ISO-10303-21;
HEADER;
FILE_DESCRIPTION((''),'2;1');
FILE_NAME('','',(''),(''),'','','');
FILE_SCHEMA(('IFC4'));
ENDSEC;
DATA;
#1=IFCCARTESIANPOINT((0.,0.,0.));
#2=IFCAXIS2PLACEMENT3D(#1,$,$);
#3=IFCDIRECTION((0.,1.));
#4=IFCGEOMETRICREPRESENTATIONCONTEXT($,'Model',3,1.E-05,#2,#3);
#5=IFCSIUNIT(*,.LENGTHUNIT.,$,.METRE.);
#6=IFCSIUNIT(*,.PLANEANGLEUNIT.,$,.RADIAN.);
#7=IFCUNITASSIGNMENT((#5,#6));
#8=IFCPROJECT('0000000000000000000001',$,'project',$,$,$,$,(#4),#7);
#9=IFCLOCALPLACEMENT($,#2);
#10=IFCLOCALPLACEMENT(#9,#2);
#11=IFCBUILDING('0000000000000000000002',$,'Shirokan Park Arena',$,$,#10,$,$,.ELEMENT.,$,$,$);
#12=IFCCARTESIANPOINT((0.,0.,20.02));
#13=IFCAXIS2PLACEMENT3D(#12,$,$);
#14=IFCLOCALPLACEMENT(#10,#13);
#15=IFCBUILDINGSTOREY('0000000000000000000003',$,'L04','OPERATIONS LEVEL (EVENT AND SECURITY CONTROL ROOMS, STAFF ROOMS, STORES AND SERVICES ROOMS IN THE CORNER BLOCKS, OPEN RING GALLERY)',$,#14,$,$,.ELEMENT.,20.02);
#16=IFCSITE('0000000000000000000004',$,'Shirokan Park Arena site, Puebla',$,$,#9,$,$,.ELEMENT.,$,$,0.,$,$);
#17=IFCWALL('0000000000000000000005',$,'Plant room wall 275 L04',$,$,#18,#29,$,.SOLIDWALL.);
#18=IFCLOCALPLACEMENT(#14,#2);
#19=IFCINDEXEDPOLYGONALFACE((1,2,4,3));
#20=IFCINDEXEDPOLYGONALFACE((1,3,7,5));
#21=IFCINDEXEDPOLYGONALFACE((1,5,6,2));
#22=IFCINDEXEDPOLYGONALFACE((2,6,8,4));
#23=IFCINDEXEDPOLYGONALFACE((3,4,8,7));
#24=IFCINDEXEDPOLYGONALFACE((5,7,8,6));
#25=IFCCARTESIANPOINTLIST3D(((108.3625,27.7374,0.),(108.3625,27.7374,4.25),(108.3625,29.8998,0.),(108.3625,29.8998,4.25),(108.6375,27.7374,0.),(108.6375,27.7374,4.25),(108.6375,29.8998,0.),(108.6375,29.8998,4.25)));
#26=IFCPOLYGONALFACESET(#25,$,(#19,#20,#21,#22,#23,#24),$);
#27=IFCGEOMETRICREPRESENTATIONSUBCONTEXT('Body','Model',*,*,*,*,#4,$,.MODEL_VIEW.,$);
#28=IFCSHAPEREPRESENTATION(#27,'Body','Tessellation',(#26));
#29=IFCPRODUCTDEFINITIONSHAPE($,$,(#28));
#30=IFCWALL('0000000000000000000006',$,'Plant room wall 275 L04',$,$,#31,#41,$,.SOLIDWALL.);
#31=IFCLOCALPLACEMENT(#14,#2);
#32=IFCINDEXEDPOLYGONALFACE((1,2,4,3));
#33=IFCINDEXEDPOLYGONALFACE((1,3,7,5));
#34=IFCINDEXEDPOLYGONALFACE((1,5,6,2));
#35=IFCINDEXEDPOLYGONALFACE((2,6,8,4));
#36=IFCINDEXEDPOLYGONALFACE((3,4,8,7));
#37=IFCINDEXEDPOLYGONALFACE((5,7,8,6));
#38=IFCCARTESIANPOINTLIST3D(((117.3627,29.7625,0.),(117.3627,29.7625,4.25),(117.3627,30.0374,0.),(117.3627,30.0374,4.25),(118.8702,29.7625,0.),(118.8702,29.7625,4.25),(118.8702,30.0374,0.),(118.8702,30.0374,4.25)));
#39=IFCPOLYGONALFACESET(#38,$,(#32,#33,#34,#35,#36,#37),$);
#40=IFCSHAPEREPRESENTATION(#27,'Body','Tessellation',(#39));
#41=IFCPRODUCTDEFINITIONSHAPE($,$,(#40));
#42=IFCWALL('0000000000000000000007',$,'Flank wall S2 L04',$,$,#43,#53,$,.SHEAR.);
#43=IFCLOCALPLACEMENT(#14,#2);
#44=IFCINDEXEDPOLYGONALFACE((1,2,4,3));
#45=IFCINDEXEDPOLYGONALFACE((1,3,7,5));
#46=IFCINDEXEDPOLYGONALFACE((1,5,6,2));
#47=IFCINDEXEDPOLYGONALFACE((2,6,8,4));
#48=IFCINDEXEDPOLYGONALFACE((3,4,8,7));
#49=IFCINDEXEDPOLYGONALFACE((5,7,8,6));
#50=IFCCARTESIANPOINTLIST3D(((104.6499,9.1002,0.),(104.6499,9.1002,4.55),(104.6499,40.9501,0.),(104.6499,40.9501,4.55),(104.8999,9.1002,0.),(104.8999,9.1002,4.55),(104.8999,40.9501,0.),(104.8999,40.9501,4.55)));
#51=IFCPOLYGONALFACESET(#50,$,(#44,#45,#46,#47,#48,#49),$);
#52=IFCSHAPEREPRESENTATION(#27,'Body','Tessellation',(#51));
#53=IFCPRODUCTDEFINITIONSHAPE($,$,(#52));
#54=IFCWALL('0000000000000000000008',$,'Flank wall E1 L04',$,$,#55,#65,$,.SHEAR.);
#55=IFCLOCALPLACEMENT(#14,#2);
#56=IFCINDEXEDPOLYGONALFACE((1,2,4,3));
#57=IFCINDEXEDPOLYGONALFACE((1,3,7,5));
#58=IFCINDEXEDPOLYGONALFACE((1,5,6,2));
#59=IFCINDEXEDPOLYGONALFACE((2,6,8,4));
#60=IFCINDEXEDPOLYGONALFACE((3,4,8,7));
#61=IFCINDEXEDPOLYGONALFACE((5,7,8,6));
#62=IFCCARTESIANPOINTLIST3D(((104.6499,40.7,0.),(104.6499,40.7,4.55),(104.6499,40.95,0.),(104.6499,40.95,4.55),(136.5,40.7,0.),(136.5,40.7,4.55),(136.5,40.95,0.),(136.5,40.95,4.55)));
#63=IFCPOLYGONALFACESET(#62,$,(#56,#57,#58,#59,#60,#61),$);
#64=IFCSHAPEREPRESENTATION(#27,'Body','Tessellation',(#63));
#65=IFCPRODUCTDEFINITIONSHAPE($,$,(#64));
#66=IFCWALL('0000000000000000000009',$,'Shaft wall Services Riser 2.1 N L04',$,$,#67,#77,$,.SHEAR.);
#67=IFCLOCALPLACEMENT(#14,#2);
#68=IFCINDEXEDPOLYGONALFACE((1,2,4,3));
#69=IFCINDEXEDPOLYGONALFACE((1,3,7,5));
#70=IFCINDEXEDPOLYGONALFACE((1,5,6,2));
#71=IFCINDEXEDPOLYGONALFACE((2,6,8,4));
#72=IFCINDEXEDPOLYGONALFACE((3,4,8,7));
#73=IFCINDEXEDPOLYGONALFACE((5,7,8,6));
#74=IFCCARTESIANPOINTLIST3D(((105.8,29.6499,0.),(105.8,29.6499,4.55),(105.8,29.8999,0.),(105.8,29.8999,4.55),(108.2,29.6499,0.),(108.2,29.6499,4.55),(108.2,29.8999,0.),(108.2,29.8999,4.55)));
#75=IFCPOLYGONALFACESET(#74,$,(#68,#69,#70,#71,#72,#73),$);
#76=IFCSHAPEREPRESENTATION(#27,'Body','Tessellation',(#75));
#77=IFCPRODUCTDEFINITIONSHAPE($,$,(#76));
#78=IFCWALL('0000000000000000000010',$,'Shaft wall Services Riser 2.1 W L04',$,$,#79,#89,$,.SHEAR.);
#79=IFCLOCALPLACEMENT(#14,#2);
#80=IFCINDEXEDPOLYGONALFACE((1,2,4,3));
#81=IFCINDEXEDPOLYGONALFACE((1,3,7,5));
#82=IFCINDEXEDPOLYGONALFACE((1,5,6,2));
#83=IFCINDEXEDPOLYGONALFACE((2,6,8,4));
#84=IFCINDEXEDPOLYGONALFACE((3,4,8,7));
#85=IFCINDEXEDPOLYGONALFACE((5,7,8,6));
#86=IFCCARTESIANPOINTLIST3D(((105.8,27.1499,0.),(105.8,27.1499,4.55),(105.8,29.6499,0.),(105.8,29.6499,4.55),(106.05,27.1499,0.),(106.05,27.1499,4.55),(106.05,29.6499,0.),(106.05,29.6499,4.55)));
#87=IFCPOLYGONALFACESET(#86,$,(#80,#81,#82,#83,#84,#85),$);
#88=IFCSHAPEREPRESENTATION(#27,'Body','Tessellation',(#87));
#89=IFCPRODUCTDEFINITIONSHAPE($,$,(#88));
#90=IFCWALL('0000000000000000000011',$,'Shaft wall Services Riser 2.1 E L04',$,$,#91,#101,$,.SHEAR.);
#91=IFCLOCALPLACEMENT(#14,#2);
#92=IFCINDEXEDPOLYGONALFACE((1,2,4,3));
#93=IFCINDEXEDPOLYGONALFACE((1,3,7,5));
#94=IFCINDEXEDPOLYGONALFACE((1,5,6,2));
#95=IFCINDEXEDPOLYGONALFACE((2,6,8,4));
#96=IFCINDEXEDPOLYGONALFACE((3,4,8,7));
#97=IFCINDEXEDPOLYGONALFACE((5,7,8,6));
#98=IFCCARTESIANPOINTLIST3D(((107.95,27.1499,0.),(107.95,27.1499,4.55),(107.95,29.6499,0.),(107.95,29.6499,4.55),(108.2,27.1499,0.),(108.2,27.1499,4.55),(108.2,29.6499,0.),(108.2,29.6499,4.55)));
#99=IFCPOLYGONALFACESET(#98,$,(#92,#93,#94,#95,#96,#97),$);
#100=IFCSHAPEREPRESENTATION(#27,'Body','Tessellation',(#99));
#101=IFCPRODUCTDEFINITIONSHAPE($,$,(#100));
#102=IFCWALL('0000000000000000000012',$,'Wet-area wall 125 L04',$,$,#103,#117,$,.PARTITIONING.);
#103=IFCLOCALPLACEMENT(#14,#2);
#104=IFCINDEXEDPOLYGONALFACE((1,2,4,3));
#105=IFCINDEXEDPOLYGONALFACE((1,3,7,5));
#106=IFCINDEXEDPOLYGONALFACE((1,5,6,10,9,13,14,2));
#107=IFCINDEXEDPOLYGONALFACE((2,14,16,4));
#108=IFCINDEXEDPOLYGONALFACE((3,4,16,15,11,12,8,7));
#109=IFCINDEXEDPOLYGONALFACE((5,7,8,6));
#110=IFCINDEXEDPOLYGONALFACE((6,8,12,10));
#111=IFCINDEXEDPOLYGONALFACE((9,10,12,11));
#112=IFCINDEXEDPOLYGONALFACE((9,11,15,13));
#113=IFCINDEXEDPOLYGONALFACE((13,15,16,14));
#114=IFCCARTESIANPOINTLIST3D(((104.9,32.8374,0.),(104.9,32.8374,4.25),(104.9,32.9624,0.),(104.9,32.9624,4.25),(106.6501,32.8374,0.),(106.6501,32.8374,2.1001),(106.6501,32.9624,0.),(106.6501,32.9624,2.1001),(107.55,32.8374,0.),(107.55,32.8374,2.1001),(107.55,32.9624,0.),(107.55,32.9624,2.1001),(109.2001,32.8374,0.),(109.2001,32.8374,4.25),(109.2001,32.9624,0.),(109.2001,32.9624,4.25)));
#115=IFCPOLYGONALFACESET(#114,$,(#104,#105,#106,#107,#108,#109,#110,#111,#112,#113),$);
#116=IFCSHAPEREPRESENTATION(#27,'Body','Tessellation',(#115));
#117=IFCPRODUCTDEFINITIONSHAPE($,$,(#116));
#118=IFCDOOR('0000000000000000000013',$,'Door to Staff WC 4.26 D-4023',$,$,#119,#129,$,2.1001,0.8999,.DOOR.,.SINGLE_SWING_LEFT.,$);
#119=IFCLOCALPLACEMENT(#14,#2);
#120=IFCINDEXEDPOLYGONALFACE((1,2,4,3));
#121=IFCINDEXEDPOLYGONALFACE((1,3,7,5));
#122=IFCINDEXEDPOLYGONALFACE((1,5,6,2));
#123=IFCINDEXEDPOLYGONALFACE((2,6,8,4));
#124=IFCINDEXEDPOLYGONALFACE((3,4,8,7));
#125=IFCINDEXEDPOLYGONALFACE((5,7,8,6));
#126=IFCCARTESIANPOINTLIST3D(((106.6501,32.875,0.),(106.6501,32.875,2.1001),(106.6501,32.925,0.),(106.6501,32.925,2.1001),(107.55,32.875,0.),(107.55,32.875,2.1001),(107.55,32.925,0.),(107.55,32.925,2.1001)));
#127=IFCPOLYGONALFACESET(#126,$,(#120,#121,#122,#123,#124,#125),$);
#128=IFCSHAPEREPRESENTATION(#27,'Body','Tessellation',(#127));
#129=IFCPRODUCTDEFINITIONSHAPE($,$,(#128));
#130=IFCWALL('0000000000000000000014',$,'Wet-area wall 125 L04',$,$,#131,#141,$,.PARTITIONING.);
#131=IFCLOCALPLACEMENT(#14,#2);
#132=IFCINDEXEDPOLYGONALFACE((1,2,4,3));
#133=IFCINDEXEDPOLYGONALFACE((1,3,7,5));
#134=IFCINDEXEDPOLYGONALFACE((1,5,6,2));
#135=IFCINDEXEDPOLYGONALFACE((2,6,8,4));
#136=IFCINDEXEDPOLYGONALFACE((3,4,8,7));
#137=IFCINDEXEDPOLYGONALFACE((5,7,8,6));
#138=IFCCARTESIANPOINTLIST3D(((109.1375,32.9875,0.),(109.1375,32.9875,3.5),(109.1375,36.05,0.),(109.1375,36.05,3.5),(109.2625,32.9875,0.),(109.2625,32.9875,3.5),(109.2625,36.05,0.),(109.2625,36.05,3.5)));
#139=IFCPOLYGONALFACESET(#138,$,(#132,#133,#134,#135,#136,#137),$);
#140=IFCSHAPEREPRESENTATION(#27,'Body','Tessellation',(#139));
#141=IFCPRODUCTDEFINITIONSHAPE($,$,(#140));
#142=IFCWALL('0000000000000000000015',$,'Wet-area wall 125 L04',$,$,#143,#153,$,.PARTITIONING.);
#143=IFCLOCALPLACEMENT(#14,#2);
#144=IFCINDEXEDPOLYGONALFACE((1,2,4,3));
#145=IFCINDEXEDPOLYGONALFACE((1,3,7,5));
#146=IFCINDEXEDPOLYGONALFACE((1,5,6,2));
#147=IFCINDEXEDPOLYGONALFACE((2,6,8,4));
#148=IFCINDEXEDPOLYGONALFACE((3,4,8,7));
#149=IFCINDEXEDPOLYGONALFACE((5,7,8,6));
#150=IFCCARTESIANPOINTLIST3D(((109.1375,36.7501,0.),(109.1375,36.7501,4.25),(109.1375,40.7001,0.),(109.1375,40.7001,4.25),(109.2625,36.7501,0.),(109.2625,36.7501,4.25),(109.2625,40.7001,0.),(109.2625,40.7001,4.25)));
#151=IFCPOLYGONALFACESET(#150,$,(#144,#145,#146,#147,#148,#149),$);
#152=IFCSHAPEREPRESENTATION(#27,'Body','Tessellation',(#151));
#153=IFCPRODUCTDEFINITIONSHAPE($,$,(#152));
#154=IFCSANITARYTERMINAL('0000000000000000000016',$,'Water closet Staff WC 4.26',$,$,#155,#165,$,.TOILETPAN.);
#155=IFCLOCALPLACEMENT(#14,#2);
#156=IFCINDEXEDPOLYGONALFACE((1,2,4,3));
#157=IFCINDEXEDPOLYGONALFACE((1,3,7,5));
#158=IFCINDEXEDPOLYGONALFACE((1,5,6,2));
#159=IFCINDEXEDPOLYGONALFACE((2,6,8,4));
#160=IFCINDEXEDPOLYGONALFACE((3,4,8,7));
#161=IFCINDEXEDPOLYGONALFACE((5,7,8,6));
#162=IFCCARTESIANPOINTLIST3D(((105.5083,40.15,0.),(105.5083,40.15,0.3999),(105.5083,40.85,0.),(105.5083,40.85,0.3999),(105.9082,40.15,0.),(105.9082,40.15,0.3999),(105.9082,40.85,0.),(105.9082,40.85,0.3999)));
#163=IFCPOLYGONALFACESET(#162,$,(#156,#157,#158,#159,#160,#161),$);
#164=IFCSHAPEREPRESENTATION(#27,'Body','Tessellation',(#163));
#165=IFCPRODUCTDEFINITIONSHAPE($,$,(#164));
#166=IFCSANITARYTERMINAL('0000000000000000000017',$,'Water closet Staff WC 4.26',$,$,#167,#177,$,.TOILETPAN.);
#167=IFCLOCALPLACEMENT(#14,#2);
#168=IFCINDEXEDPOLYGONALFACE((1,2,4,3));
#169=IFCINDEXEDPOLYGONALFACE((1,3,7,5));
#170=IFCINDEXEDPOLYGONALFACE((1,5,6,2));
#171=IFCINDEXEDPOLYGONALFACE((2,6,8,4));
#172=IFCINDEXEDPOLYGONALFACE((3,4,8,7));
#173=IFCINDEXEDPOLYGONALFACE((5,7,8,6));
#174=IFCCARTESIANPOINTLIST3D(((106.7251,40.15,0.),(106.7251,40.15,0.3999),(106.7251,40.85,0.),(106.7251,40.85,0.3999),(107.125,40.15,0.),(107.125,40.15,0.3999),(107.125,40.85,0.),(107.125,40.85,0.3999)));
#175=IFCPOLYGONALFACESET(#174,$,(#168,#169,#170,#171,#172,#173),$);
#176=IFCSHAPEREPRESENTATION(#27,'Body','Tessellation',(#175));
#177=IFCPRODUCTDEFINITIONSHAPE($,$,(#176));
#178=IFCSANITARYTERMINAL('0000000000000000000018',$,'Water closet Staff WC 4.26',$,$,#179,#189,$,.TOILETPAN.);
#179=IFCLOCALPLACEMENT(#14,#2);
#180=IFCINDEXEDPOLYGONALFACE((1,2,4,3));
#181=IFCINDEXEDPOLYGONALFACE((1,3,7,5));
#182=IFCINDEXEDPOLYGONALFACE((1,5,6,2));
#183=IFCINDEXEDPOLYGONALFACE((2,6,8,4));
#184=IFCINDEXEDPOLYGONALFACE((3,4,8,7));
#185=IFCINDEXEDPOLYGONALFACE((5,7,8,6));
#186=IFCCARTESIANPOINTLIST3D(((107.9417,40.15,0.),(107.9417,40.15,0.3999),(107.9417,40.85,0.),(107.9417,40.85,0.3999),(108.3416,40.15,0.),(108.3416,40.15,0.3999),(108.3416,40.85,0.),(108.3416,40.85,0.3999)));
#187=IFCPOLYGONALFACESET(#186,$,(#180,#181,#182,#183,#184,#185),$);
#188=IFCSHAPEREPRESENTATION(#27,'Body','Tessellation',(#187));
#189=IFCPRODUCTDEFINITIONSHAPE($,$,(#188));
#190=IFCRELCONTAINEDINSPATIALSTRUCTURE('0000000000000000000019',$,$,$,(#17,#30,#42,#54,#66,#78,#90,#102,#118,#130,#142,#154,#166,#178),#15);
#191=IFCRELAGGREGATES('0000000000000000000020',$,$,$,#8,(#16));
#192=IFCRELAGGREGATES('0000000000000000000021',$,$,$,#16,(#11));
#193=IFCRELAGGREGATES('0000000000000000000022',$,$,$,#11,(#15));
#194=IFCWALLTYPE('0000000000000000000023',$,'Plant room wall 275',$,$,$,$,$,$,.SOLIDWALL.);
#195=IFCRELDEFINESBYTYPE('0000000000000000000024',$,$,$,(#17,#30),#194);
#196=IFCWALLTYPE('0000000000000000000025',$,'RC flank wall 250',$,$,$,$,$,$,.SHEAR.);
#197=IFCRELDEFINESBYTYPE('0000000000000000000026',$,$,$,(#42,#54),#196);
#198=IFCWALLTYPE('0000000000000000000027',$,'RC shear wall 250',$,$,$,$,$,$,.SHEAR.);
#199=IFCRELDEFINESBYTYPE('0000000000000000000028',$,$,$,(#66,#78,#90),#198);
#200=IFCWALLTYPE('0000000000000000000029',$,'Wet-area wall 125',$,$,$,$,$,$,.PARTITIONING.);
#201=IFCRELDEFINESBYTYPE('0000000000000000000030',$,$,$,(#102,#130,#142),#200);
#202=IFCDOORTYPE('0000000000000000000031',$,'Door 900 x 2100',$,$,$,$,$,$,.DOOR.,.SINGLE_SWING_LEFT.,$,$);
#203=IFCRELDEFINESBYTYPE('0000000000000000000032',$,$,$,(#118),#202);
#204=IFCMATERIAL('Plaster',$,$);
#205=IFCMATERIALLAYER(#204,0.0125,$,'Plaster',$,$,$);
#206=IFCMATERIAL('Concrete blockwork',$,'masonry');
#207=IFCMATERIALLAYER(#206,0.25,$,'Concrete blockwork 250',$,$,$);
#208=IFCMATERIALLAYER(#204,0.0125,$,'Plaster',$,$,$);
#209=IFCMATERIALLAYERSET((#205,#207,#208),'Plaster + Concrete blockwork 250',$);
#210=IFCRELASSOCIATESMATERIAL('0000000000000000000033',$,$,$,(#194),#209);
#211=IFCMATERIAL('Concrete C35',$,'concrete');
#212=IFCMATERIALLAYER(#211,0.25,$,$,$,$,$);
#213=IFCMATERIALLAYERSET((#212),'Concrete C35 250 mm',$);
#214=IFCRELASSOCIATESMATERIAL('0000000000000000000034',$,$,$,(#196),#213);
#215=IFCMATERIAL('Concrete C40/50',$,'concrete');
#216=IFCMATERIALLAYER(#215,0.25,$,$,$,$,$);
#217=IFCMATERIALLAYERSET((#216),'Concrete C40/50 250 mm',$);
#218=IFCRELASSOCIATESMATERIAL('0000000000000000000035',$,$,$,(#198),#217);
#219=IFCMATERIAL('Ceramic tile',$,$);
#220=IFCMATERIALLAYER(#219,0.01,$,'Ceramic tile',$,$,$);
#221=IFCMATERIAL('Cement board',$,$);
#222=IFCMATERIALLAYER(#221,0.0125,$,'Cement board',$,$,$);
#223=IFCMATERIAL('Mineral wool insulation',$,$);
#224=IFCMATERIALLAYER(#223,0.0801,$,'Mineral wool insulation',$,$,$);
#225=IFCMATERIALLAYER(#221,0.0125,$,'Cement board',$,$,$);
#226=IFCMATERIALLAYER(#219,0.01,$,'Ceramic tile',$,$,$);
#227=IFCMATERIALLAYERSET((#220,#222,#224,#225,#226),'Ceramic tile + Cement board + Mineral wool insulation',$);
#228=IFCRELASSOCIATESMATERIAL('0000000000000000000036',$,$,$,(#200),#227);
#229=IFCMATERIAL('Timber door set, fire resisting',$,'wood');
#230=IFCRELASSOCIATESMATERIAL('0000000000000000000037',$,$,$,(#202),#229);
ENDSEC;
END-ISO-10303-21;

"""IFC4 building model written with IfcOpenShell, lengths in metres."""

from ifc_helpers import new_model, si_unit, direction, frame, frame_2d, origin, origin_2d, place, context, subcontext, project, spatial, rectangle, extrude, material, layer, layer_set, type_object, element, fill, save


model = new_model("IFC4")

# Units and contexts
model_context = context("Model", 3, precision=1e-05, world=origin(), true_north=direction((0.0, 1.0)))
body_context = subcontext(model_context, "Body", "Model", "MODEL_VIEW")
ifc_project = project(units=[si_unit("LENGTHUNIT", "METRE"), si_unit("PLANEANGLEUNIT", "RADIAN")], contexts=[model_context])

# Site, building, storey
site_placement = place(None, origin())
site = spatial("IfcSite", under=ifc_project, at=site_placement, Name="Shirokan Park Arena site, Puebla", CompositionType="ELEMENT", RefElevation=0.0)
building_placement = place(site_placement, origin())
building = spatial("IfcBuilding", under=site, at=building_placement, Name="Shirokan Park Arena", CompositionType="ELEMENT")
storey_placement = place(building_placement, frame((0.0, 0.0, 20.02)))
storey = spatial("IfcBuildingStorey", under=building, at=storey_placement, Name="L04", Description="OPERATIONS LEVEL (EVENT AND SECURITY CONTROL ROOMS, STAFF ROOMS, STORES AND SERVICES ROOMS IN THE CORNER BLOCKS, OPEN RING GALLERY)", CompositionType="ELEMENT", Elevation=20.02)

# Shared definitions
ifc_material_1 = material(Name="Concrete C35", Category="concrete")

# Shared definitions
ifc_material_2 = material(Name="Mineral wool insulation")

# Walls
ifc_material_3 = material(Name="Plaster")
ifc_layer_1 = layer(ifc_material_3, 0.0125, Name="Plaster")
ifc_material_4 = material(Name="Concrete blockwork", Category="masonry")
ifc_layer_2 = layer(ifc_material_4, 0.25, Name="Concrete blockwork 250")
ifc_layer_3 = layer(ifc_material_3, 0.0125, Name="Plaster")
ifc_layer_set_1 = layer_set([ifc_layer_1, ifc_layer_2, ifc_layer_3], Name="Plaster + Concrete blockwork 250")
wall_type_1 = type_object("IfcWallType", Name="Plant room wall 275", PredefinedType="SOLIDWALL", material=ifc_layer_set_1)
wall_1_placement = place(storey_placement, frame((108.5, 27.7375, 0.0), z_axis=(0.0, 0.0, 1.0), x_axis=(0.0, 1.0, 0.0)))
element("IfcWall", 1, at=wall_1_placement, inside=storey, type_object=wall_type_1, Name="Plant room wall 275 L04", PredefinedType="SOLIDWALL", context=body_context, shape_type="SweptSolid", body=[
    extrude(rectangle(XDim=2.1624, YDim=0.2749, at=frame_2d((1.0811, 0.0))), origin(), (0.0, 0.0, 1.0), 4.25),
])
wall_2_placement = place(storey_placement, frame((117.3625, 29.8999, 0.0), z_axis=(0.0, 0.0, 1.0), x_axis=(1.0, 0.0, 0.0)))
element("IfcWall", 2, at=wall_2_placement, inside=storey, type_object=wall_type_1, Name="Plant room wall 275 L04", PredefinedType="SOLIDWALL", context=body_context, shape_type="SweptSolid", body=[
    extrude(rectangle(XDim=1.5076, YDim=0.2749, at=frame_2d((0.7539, 0.0))), origin(), (0.0, 0.0, 1.0), 4.25),
])
ifc_layer_4 = layer(ifc_material_1, 0.25)
ifc_layer_set_2 = layer_set([ifc_layer_4], Name="Concrete C35 250 mm")
wall_type_2 = type_object("IfcWallType", Name="RC flank wall 250", PredefinedType="SHEAR", material=ifc_layer_set_2)
wall_3_placement = place(storey_placement, frame((104.7749, 40.95, 0.0), z_axis=(0.0, 0.0, 1.0), x_axis=(0.0, -1.0, 0.0)))
element("IfcWall", 3, at=wall_3_placement, inside=storey, type_object=wall_type_2, Name="Flank wall S2 L04", PredefinedType="SHEAR", context=body_context, shape_type="SweptSolid", body=[
    extrude(rectangle(XDim=31.8499, YDim=0.25, at=frame_2d((15.9248, 0.0))), origin(), (0.0, 0.0, 1.0), 4.55),
])
wall_4_placement = place(storey_placement, frame((104.6499, 40.825, 0.0), z_axis=(0.0, 0.0, 1.0), x_axis=(1.0, 0.0, 0.0)))
element("IfcWall", 4, at=wall_4_placement, inside=storey, type_object=wall_type_2, Name="Flank wall E1 L04", PredefinedType="SHEAR", context=body_context, shape_type="SweptSolid", body=[
    extrude(rectangle(XDim=31.8501, YDim=0.25, at=frame_2d((15.925, 0.0))), origin(), (0.0, 0.0, 1.0), 4.55),
])
ifc_material_5 = material(Name="Concrete C40/50", Category="concrete")
ifc_layer_5 = layer(ifc_material_5, 0.25)
ifc_layer_set_3 = layer_set([ifc_layer_5], Name="Concrete C40/50 250 mm")
wall_type_3 = type_object("IfcWallType", Name="RC shear wall 250", PredefinedType="SHEAR", material=ifc_layer_set_3)
wall_5_placement = place(storey_placement, frame((108.2, 29.7749, 0.0), z_axis=(0.0, 0.0, 1.0), x_axis=(-1.0, 0.0, 0.0)))
element("IfcWall", 5, at=wall_5_placement, inside=storey, type_object=wall_type_3, Name="Shaft wall Services Riser 2.1 N L04", PredefinedType="SHEAR", context=body_context, shape_type="SweptSolid", body=[
    extrude(rectangle(XDim=2.3999, YDim=0.25, at=frame_2d((1.2, 0.0))), origin(), (0.0, 0.0, 1.0), 4.55),
])
for number, where, z_axis, x_axis, name in (
    (6, (105.925, 29.6499, 0.0), (0.0, 0.0, 1.0), (0.0, -1.0, 0.0), "Shaft wall Services Riser 2.1 W L04"),
    (7, (108.075, 29.6499, 0.0), (0.0, 0.0, 1.0), (0.0, -1.0, 0.0), "Shaft wall Services Riser 2.1 E L04"),
):
    element("IfcWall", number, at=place(storey_placement, frame(where, z_axis=z_axis, x_axis=x_axis)), inside=storey, type_object=wall_type_3, Name=name, PredefinedType="SHEAR", context=body_context, shape_type="SweptSolid", body=[
        extrude(rectangle(XDim=2.5, YDim=0.25, at=frame_2d((1.25, 0.0))), origin(), (0.0, 0.0, 1.0), 4.55),
    ])

# Wall, opening, door
ifc_material_6 = material(Name="Ceramic tile")
ifc_layer_6 = layer(ifc_material_6, 0.01, Name="Ceramic tile")
ifc_material_7 = material(Name="Cement board")
ifc_layer_7 = layer(ifc_material_7, 0.0125, Name="Cement board")
ifc_layer_8 = layer(ifc_material_2, 0.0801, Name="Mineral wool insulation")
ifc_layer_9 = layer(ifc_material_7, 0.0125, Name="Cement board")
ifc_layer_10 = layer(ifc_material_6, 0.01, Name="Ceramic tile")
ifc_layer_set_4 = layer_set([ifc_layer_6, ifc_layer_7, ifc_layer_8, ifc_layer_9, ifc_layer_10], Name="Ceramic tile + Cement board + Mineral wool insulation")
wall_type_4 = type_object("IfcWallType", Name="Wet-area wall 125", PredefinedType="PARTITIONING", material=ifc_layer_set_4)
wall_6_placement = place(storey_placement, frame((109.2, 32.8999, 0.0), z_axis=(0.0, 0.0, 1.0), x_axis=(-1.0, 0.0, 0.0)))
wall_6 = element("IfcWall", 8, at=wall_6_placement, inside=storey, type_object=wall_type_4, Name="Wet-area wall 125 L04", PredefinedType="PARTITIONING", context=body_context, shape_type="SweptSolid", body=[
    extrude(rectangle(XDim=4.3, YDim=0.125, at=frame_2d((2.1499, 0.0))), origin(), (0.0, 0.0, 1.0), 4.25),
])
opening_1_placement = place(wall_6_placement, frame((1.6499, 0.0, 0.0)))
opening_1 = element("IfcOpeningElement", 9, at=opening_1_placement, cuts=wall_6, PredefinedType="OPENING", context=body_context, shape_type="SweptSolid", body=[
    extrude(rectangle(XDim=0.8999, YDim=2.1001, at=frame_2d((0.45, 1.05))), frame((0.0, 0.0725, 0.0), z_axis=(0.0, -1.0, 0.0), x_axis=(1.0, 0.0, 0.0)), (0.0, 0.0, 1.0), 0.145),
])
ifc_material_8 = material(Name="Timber door set, fire resisting", Category="wood")
door_type_1 = type_object("IfcDoorType", Name="Door 900 x 2100", OperationType="SINGLE_SWING_LEFT", PredefinedType="DOOR", material=ifc_material_8)
door_1_placement = place(opening_1_placement, origin())
door_1 = element("IfcDoor", 10, at=door_1_placement, inside=storey, type_object=door_type_1, Name="Door to Staff WC 4.26 D-4023", OperationType="SINGLE_SWING_LEFT", OverallHeight=2.1001, OverallWidth=0.8999, PredefinedType="DOOR", context=body_context, shape_type="SweptSolid", body=[
    extrude(rectangle(XDim=0.8999, YDim=2.1001, at=frame_2d((0.45, 1.05))), frame((0.0, 0.0249, 0.0), z_axis=(0.0, -1.0, 0.0), x_axis=(1.0, 0.0, 0.0)), (0.0, 0.0, 1.0), 0.05),
])
fill(opening_1, door_1)

# Walls
wall_7_placement = place(storey_placement, frame((109.2, 32.9875, 0.0), z_axis=(0.0, 0.0, 1.0), x_axis=(0.0, 1.0, 0.0)))
element("IfcWall", 11, at=wall_7_placement, inside=storey, type_object=wall_type_4, Name="Wet-area wall 125 L04", PredefinedType="PARTITIONING", context=body_context, shape_type="SweptSolid", body=[
    extrude(rectangle(XDim=3.0625, YDim=0.125, at=frame_2d((1.5312, 0.0))), origin(), (0.0, 0.0, 1.0), 3.5),
])
wall_8_placement = place(storey_placement, frame((109.2, 36.75, 0.0), z_axis=(0.0, 0.0, 1.0), x_axis=(0.0, 1.0, 0.0)))
element("IfcWall", 12, at=wall_8_placement, inside=storey, type_object=wall_type_4, Name="Wet-area wall 125 L04", PredefinedType="PARTITIONING", context=body_context, shape_type="SweptSolid", body=[
    extrude(rectangle(XDim=3.95, YDim=0.125, at=frame_2d((1.9751, 0.0))), origin(), (0.0, 0.0, 1.0), 4.25),
])

# Sanitary terminals
for number, where, z_axis, x_axis, name in (
    (13, (105.7083, 40.5, 0.0), (0.0, 0.0, 1.0), (1.0, 0.0, 0.0), "Water closet Staff WC 4.26"),
    (14, (106.925, 40.5, 0.0), (0.0, 0.0, 1.0), (1.0, 0.0, 0.0), "Water closet Staff WC 4.26"),
    (15, (108.1416, 40.5, 0.0), (0.0, 0.0, 1.0), (1.0, 0.0, 0.0), "Water closet Staff WC 4.26"),
):
    element("IfcSanitaryTerminal", number, at=place(storey_placement, frame(where, z_axis=z_axis, x_axis=x_axis)), inside=storey, Name=name, PredefinedType="TOILETPAN", context=body_context, shape_type="SweptSolid", body=[
        extrude(rectangle(XDim=0.3999, YDim=0.7, at=origin_2d()), origin(), (0.0, 0.0, 1.0), 0.3999),
    ])

save(model, "model.ifc")
